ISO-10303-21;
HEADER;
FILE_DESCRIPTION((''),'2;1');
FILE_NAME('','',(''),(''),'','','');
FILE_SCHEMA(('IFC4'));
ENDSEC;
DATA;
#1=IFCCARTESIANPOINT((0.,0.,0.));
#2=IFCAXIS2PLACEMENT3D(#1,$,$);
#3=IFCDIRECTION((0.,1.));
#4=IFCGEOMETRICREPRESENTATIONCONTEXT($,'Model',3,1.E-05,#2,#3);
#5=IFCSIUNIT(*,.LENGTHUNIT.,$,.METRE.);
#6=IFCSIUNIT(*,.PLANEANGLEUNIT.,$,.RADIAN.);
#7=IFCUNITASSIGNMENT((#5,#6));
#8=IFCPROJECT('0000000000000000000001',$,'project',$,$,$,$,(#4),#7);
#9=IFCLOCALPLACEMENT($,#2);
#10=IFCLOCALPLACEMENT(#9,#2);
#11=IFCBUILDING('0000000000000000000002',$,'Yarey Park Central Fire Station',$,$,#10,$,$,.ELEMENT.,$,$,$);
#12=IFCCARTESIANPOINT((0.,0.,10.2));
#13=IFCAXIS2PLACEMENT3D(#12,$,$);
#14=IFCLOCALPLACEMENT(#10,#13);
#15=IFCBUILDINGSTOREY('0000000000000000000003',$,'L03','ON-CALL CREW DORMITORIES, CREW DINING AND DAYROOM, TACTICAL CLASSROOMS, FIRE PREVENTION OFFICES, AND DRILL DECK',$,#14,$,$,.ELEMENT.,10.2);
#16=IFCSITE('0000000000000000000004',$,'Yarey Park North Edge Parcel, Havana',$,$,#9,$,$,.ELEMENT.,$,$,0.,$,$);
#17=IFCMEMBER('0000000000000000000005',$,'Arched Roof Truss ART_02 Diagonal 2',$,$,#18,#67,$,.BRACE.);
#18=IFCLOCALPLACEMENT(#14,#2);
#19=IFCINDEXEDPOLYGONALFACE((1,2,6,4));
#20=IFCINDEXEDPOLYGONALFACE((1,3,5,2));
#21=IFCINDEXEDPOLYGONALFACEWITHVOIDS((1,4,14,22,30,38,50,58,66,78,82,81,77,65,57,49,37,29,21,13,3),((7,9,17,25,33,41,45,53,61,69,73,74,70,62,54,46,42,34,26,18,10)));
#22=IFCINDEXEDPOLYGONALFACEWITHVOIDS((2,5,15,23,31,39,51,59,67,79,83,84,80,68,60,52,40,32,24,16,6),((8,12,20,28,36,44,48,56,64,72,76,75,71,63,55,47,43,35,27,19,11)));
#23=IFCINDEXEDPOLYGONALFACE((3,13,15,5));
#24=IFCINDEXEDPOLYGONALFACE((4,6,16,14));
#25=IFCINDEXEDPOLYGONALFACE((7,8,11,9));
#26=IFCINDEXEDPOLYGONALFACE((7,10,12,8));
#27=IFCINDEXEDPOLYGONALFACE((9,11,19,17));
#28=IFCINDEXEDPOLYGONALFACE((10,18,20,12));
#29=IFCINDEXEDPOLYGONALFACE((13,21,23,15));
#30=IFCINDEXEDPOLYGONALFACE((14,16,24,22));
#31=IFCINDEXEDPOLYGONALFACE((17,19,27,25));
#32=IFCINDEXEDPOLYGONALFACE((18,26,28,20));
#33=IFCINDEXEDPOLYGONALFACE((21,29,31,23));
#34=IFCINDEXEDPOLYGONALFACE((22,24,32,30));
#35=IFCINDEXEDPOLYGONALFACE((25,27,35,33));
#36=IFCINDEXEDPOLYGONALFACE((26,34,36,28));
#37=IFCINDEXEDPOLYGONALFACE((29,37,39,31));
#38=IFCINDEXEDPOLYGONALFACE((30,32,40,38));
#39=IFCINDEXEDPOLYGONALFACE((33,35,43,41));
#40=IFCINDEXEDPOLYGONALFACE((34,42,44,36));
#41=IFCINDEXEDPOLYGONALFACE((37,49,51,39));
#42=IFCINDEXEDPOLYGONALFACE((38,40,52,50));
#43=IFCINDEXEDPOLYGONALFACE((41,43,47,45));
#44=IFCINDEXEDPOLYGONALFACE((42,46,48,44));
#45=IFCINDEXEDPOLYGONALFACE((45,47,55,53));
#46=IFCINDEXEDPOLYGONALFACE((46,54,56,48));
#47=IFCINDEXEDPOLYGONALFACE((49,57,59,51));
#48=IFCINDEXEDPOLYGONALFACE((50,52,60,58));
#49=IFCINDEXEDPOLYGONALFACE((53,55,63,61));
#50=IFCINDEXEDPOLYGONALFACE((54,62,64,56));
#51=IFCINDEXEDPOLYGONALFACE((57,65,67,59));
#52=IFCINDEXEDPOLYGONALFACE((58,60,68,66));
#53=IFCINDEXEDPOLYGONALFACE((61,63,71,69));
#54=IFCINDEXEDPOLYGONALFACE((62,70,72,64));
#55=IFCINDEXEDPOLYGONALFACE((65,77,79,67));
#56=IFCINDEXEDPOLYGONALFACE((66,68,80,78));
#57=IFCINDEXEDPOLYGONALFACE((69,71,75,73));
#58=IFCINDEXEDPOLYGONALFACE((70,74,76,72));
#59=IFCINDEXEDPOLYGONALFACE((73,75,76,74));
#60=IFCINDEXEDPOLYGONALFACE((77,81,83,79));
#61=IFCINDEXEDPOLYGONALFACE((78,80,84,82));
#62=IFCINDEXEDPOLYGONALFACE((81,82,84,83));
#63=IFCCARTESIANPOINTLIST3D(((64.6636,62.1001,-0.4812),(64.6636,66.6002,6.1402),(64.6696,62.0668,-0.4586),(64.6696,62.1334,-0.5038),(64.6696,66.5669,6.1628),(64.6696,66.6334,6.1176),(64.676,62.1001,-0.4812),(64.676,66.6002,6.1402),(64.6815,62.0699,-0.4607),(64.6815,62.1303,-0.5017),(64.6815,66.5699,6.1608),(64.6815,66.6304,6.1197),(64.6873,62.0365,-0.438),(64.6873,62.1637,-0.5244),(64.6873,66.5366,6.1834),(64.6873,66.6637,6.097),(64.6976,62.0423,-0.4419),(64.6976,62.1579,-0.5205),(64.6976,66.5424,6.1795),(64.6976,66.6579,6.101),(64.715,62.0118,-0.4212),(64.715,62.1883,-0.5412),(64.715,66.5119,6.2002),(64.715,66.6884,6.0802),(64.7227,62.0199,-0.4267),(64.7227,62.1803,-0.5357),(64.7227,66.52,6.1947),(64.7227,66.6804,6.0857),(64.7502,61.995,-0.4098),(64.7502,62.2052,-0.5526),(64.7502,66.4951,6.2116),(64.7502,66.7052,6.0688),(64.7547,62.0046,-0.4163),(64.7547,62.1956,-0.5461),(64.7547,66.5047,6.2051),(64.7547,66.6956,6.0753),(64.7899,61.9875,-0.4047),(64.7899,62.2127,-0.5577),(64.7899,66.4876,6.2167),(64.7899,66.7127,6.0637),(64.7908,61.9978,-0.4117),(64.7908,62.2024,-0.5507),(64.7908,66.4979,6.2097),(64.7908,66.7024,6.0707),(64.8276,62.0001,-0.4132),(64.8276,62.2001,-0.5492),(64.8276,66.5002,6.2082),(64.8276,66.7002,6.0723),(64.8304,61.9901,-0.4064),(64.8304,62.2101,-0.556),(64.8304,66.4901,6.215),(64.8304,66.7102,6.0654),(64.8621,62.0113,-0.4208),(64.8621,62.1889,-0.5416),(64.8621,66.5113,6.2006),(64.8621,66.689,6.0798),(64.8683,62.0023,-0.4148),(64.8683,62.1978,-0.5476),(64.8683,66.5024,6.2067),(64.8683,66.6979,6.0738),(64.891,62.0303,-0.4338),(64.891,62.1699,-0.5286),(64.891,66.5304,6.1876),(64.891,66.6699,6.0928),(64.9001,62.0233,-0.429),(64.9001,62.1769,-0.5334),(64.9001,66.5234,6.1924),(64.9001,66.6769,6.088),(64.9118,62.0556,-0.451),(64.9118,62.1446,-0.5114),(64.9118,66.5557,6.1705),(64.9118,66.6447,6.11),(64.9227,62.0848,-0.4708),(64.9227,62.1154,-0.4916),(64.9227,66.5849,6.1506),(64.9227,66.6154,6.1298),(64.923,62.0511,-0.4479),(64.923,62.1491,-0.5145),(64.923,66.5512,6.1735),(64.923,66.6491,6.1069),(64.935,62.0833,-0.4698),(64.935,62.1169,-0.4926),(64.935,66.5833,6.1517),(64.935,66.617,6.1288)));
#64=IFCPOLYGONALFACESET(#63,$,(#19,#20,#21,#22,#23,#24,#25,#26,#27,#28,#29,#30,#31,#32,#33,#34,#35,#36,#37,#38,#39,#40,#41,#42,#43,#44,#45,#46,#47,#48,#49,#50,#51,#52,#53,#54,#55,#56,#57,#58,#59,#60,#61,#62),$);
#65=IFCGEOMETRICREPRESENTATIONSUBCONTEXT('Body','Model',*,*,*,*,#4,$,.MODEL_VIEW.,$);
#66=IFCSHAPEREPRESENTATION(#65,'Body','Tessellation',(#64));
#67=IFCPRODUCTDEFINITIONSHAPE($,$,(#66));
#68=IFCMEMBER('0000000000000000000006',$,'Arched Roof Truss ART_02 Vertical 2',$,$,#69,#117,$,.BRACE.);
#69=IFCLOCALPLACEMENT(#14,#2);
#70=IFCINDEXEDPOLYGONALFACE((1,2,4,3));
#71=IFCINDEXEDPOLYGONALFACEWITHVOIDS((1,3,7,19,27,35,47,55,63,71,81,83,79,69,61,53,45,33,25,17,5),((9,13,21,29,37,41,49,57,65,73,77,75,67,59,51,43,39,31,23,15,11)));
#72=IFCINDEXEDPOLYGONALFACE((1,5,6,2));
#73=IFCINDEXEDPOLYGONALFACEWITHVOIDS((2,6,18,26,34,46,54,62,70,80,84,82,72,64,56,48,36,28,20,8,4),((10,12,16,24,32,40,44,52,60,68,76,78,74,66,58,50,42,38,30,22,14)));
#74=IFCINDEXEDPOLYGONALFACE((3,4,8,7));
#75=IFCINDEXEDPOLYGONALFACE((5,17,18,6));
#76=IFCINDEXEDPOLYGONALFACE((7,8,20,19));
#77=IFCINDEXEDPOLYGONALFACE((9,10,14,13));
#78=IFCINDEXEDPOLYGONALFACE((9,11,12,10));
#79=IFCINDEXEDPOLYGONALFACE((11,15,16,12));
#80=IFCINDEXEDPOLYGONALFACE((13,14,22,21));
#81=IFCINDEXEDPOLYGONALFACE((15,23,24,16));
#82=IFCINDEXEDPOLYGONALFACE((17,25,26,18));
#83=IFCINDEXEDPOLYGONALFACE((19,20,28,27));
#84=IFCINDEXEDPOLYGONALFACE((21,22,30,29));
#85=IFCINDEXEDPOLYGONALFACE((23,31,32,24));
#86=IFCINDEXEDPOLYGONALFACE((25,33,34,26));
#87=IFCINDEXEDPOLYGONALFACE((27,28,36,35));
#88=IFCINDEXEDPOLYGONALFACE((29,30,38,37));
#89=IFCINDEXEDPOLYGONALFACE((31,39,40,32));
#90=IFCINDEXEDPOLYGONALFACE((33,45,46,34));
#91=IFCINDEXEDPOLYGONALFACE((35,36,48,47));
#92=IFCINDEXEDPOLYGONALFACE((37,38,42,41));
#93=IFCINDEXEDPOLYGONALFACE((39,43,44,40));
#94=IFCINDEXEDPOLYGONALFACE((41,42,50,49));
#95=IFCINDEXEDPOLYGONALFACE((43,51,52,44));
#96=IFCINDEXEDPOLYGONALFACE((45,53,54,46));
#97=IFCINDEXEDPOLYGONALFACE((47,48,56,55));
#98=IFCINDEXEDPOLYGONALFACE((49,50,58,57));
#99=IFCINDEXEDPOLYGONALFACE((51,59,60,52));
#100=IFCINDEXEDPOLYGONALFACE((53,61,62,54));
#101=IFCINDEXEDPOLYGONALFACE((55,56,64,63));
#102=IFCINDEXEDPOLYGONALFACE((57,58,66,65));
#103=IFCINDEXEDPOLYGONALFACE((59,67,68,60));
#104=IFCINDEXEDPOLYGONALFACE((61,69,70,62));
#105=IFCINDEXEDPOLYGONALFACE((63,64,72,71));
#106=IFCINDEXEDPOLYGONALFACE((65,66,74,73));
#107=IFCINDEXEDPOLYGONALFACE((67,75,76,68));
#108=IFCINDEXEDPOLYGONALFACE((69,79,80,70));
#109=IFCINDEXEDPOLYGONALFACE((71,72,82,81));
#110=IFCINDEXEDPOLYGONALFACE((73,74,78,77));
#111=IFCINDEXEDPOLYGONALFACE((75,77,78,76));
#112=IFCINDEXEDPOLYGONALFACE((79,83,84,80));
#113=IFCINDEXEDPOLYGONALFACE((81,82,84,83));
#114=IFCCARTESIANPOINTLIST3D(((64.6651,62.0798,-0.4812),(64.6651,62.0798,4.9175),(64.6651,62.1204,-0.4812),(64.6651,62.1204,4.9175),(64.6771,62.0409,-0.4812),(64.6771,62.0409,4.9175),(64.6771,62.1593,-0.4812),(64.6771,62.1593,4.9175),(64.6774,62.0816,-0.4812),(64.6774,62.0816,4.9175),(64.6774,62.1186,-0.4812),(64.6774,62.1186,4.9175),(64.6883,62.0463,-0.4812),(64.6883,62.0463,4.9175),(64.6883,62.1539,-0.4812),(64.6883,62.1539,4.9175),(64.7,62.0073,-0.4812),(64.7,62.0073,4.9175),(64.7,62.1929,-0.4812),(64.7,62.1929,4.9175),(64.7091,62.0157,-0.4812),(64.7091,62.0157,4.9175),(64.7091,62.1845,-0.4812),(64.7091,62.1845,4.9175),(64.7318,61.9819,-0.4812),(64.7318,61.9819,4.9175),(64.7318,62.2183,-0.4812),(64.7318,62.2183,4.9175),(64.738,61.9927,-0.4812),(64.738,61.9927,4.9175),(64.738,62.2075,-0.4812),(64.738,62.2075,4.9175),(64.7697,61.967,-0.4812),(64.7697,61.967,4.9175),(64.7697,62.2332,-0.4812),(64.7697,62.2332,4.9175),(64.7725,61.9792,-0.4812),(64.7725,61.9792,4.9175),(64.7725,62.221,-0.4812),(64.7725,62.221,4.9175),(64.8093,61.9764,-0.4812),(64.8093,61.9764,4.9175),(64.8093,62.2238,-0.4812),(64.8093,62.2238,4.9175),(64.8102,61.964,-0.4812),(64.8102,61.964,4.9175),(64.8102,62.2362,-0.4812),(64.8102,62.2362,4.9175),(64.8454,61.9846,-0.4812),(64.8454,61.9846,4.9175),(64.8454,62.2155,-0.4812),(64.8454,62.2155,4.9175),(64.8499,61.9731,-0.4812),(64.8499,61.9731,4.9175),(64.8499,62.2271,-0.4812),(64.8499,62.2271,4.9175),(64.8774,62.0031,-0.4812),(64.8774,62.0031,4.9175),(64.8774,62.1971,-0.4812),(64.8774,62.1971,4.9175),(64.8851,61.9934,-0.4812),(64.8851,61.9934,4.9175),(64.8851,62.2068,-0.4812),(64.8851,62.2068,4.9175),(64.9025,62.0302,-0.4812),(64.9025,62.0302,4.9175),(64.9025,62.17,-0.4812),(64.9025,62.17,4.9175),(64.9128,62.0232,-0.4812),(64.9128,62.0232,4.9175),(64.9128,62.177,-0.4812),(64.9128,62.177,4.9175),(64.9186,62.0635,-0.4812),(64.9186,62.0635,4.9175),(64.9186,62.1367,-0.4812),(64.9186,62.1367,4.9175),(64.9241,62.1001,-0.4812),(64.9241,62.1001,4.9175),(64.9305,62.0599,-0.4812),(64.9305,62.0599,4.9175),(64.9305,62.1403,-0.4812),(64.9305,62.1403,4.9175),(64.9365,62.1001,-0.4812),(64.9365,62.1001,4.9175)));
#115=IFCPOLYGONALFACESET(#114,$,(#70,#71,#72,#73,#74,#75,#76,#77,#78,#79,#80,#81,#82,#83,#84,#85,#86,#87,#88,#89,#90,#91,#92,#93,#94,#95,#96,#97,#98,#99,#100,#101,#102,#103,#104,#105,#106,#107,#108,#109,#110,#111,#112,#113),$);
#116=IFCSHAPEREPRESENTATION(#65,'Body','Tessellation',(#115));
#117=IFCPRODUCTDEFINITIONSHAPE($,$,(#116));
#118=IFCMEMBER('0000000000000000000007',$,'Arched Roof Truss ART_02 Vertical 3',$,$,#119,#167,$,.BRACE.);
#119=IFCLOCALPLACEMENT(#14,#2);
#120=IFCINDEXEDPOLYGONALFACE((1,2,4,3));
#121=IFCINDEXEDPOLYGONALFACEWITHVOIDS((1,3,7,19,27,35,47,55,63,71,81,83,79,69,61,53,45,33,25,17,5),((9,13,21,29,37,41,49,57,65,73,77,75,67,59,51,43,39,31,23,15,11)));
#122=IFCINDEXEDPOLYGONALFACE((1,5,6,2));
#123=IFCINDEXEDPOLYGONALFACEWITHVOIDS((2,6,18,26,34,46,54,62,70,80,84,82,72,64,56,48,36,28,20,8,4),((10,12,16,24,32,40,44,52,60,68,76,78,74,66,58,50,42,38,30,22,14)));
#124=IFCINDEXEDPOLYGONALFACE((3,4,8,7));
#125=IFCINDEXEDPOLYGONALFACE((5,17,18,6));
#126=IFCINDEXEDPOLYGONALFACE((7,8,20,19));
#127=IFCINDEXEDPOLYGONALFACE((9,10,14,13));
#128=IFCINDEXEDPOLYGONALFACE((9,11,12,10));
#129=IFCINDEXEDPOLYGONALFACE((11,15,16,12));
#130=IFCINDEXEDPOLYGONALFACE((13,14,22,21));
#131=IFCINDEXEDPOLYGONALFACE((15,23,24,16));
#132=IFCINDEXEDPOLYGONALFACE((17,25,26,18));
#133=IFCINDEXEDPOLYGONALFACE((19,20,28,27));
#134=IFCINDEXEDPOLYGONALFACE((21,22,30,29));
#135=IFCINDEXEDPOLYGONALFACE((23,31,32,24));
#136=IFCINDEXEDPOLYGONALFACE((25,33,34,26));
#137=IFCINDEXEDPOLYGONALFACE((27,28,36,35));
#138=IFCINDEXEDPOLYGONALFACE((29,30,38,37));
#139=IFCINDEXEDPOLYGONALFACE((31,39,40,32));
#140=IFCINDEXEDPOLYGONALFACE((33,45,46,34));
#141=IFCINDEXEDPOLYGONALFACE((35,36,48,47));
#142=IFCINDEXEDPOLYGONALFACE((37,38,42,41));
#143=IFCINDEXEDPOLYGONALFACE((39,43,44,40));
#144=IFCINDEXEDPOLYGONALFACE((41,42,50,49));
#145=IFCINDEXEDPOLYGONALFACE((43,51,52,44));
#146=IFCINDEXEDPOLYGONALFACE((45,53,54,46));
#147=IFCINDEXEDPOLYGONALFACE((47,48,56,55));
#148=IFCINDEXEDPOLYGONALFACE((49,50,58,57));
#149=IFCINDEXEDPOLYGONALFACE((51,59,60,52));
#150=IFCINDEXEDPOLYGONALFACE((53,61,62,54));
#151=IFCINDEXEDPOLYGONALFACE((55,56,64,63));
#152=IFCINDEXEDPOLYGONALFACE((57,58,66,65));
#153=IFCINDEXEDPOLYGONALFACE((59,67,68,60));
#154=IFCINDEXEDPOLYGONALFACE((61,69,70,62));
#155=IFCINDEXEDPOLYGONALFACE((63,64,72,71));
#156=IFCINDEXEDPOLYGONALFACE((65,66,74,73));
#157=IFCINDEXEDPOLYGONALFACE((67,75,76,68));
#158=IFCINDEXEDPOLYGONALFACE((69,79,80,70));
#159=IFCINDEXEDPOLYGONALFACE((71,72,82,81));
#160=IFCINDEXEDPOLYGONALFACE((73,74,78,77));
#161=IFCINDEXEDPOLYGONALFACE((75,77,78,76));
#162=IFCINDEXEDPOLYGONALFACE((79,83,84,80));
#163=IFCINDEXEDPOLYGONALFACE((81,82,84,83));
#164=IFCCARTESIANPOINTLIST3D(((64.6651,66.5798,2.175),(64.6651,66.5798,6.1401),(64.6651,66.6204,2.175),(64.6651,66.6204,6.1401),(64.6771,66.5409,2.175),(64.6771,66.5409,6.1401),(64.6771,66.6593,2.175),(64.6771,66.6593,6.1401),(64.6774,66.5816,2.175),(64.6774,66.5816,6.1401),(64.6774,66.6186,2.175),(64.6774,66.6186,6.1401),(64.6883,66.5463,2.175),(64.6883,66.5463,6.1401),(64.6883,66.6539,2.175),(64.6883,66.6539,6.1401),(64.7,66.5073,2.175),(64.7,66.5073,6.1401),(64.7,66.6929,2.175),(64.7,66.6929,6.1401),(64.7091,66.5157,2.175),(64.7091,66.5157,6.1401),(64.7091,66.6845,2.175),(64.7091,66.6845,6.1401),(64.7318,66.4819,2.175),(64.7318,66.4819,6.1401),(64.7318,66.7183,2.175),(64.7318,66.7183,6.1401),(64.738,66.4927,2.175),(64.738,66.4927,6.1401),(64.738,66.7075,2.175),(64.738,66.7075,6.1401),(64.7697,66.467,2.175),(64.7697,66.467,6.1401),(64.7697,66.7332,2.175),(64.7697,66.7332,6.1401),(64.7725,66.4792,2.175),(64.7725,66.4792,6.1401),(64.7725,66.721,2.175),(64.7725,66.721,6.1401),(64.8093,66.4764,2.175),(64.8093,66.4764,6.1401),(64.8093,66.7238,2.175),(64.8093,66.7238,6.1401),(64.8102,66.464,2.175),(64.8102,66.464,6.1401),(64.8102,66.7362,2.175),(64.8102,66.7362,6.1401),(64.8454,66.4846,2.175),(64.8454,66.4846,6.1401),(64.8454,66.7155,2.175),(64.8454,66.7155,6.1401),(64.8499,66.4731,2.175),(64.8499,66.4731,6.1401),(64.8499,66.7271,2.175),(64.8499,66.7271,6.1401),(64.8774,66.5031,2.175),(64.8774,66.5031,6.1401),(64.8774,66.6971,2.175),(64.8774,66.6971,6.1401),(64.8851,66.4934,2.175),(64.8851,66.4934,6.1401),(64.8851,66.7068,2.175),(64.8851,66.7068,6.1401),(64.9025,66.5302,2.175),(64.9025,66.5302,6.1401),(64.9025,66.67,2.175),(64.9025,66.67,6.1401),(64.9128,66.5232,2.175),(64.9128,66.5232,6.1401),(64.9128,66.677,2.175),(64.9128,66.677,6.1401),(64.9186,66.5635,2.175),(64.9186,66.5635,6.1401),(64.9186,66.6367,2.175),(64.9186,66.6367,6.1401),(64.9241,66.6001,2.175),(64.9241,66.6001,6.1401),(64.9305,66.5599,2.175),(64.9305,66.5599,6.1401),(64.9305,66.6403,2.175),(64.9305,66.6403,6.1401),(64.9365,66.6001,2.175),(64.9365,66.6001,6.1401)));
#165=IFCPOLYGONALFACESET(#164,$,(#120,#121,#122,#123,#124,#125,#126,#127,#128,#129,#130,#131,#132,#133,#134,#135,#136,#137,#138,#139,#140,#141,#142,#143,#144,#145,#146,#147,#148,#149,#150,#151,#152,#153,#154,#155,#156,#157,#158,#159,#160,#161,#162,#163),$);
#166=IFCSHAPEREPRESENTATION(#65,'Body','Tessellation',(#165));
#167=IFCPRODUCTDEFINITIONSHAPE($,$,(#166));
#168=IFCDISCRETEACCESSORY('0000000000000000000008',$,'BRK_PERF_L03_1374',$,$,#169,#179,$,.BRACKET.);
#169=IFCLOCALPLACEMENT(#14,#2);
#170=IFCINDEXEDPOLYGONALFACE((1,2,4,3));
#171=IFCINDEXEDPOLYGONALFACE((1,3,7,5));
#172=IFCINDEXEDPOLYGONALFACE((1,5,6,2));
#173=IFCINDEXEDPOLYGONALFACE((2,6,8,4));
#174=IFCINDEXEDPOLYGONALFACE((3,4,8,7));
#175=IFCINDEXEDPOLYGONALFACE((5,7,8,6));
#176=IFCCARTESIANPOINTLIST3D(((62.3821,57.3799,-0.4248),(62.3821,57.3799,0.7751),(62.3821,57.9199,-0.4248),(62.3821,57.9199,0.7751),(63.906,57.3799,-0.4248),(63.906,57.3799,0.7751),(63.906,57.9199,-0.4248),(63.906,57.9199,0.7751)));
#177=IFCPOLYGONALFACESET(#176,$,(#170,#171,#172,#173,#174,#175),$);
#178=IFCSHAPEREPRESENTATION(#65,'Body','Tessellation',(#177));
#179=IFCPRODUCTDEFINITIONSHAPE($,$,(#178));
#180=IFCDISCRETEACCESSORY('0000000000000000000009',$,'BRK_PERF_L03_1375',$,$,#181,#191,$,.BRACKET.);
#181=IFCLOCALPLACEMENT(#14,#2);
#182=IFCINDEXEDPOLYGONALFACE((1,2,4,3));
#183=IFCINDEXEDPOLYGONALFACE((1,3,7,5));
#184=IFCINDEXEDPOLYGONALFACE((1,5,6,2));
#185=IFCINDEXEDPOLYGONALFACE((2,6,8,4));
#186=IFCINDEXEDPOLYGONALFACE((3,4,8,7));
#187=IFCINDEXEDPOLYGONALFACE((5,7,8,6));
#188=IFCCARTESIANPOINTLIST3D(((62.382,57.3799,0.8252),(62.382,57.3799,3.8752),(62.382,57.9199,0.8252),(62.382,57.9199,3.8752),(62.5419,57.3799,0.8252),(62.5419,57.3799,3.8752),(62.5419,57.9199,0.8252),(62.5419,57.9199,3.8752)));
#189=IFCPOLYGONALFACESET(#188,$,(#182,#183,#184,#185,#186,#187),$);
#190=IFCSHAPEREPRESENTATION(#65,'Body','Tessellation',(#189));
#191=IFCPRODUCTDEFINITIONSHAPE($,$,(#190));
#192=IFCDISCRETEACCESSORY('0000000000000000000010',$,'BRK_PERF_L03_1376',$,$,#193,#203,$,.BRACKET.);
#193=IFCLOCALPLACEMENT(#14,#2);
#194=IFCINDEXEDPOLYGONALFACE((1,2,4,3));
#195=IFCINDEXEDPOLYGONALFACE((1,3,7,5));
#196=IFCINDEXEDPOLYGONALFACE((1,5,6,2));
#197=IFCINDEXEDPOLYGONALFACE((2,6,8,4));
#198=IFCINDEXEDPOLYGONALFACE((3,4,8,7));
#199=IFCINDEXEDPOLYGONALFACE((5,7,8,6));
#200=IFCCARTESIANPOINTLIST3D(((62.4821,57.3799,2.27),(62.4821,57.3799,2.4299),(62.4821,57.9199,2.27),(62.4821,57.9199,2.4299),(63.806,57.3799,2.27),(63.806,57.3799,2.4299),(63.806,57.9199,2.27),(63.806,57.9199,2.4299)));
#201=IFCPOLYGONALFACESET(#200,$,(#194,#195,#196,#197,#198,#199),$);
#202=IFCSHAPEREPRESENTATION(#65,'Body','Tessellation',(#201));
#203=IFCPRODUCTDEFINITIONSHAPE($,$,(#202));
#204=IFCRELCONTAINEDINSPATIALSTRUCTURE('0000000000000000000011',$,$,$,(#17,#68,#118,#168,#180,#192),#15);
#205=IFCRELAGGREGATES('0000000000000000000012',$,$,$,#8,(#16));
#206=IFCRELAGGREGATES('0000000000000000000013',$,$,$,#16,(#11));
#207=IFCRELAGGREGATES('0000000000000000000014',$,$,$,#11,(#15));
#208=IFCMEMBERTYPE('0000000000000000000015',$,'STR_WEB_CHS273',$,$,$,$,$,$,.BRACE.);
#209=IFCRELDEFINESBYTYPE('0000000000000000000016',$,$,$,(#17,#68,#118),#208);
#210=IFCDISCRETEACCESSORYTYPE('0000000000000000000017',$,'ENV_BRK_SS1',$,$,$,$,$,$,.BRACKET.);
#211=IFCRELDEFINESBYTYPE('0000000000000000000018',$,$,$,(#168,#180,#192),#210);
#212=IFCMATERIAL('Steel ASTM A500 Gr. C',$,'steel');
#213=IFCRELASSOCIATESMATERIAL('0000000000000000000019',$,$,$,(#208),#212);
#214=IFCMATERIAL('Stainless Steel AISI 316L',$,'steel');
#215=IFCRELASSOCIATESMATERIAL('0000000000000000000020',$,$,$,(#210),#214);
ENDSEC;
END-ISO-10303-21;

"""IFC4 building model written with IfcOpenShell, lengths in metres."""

from ifc_helpers import new_model, si_unit, direction, frame, origin, origin_2d, place, context, subcontext, project, spatial, rectangle, hollow_circle, extrude, material, material_profile, profile_set, type_object, element, save


model = new_model("IFC4")

# Units and contexts
model_context = context("Model", 3, precision=1e-05, world=origin(), true_north=direction((0.0, 1.0)))
body_context = subcontext(model_context, "Body", "Model", "MODEL_VIEW")
ifc_project = project(units=[si_unit("LENGTHUNIT", "METRE"), si_unit("PLANEANGLEUNIT", "RADIAN")], contexts=[model_context])

# Site, building, storey
site_placement = place(None, origin())
site = spatial("IfcSite", under=ifc_project, at=site_placement, Name="Yarey Park North Edge Parcel, Havana", CompositionType="ELEMENT", RefElevation=0.0)
building_placement = place(site_placement, origin())
building = spatial("IfcBuilding", under=site, at=building_placement, Name="Yarey Park Central Fire Station", CompositionType="ELEMENT")
storey_placement = place(building_placement, frame((0.0, 0.0, 10.2)))
storey = spatial("IfcBuildingStorey", under=building, at=storey_placement, Name="L03", Description="ON-CALL CREW DORMITORIES, CREW DINING AND DAYROOM, TACTICAL CLASSROOMS, FIRE PREVENTION OFFICES, AND DRILL DECK", CompositionType="ELEMENT", Elevation=10.2)

# Members
ifc_material_1 = material(Name="Steel ASTM A500 Gr. C", Category="steel")
ifc_material_profile_1 = material_profile(ifc_material_1, hollow_circle(Radius=0.1365, WallThickness=0.0125, at=origin_2d()), Name="CHS 273x12.5")
ifc_profile_set_1 = profile_set([ifc_material_profile_1], Name="Steel ASTM A500 Gr. C")
member_type_1 = type_object("IfcMemberType", Name="STR_WEB_CHS273", PredefinedType="BRACE", material=ifc_profile_set_1)
member_1_placement = place(storey_placement, frame((64.8, 62.1001, -0.4812), z_axis=(0.0, 0.562096, 0.827072), x_axis=(-1.0, 0.0, 0.0)))
element("IfcMember", 1, at=member_1_placement, inside=storey, type_object=member_type_1, Name="Arched Roof Truss ART_02 Diagonal 2", PredefinedType="BRACE", context=body_context, shape_type="SweptSolid", body=[
    extrude(hollow_circle(Radius=0.1365, WallThickness=0.0125, at=origin_2d()), origin(), (0.0, 0.0, 1.0), 8.0059),
])
member_2_placement = place(storey_placement, frame((64.8, 62.1001, -0.4812), z_axis=(0.0, 0.0, 1.0), x_axis=(1.0, 0.0, 0.0)))
element("IfcMember", 2, at=member_2_placement, inside=storey, type_object=member_type_1, Name="Arched Roof Truss ART_02 Vertical 2", PredefinedType="BRACE", context=body_context, shape_type="SweptSolid", body=[
    extrude(hollow_circle(Radius=0.1365, WallThickness=0.0125, at=origin_2d()), origin(), (0.0, 0.0, 1.0), 5.3987),
])
member_3_placement = place(storey_placement, frame((64.8, 66.6001, 2.175), z_axis=(0.0, 0.0, 1.0), x_axis=(1.0, 0.0, 0.0)))
element("IfcMember", 3, at=member_3_placement, inside=storey, type_object=member_type_1, Name="Arched Roof Truss ART_02 Vertical 3", PredefinedType="BRACE", context=body_context, shape_type="SweptSolid", body=[
    extrude(hollow_circle(Radius=0.1365, WallThickness=0.0125, at=origin_2d()), origin(), (0.0, 0.0, 1.0), 3.9651),
])

# Discrete accessories
ifc_material_2 = material(Name="Stainless Steel AISI 316L", Category="steel")
discrete_accessory_type = type_object("IfcDiscreteAccessoryType", Name="ENV_BRK_SS1", PredefinedType="BRACKET", material=ifc_material_2)
discrete_accessory_1_placement = place(storey_placement, frame((63.144, 57.6499, -0.4248), z_axis=(0.0, 0.0, 1.0), x_axis=(1.0, 0.0, 0.0)))
element("IfcDiscreteAccessory", 4, at=discrete_accessory_1_placement, inside=storey, type_object=discrete_accessory_type, Name="BRK_PERF_L03_1374", PredefinedType="BRACKET", context=body_context, shape_type="SweptSolid", body=[
    extrude(rectangle(XDim=1.5239, YDim=0.54, at=origin_2d()), origin(), (0.0, 0.0, 1.0), 1.2),
])
discrete_accessory_2_placement = place(storey_placement, frame((62.4619, 57.6499, 0.8252), z_axis=(0.0, 0.0, 1.0), x_axis=(1.0, 0.0, 0.0)))
element("IfcDiscreteAccessory", 5, at=discrete_accessory_2_placement, inside=storey, type_object=discrete_accessory_type, Name="BRK_PERF_L03_1375", PredefinedType="BRACKET", context=body_context, shape_type="SweptSolid", body=[
    extrude(rectangle(XDim=0.1599, YDim=0.54, at=origin_2d()), origin(), (0.0, 0.0, 1.0), 3.05),
])
discrete_accessory_3_placement = place(storey_placement, frame((63.144, 57.6499, 2.27), z_axis=(0.0, 0.0, 1.0), x_axis=(1.0, 0.0, 0.0)))
element("IfcDiscreteAccessory", 6, at=discrete_accessory_3_placement, inside=storey, type_object=discrete_accessory_type, Name="BRK_PERF_L03_1376", PredefinedType="BRACKET", context=body_context, shape_type="SweptSolid", body=[
    extrude(rectangle(XDim=1.324, YDim=0.54, at=origin_2d()), origin(), (0.0, 0.0, 1.0), 0.1599),
])

save(model, "model.ifc")
